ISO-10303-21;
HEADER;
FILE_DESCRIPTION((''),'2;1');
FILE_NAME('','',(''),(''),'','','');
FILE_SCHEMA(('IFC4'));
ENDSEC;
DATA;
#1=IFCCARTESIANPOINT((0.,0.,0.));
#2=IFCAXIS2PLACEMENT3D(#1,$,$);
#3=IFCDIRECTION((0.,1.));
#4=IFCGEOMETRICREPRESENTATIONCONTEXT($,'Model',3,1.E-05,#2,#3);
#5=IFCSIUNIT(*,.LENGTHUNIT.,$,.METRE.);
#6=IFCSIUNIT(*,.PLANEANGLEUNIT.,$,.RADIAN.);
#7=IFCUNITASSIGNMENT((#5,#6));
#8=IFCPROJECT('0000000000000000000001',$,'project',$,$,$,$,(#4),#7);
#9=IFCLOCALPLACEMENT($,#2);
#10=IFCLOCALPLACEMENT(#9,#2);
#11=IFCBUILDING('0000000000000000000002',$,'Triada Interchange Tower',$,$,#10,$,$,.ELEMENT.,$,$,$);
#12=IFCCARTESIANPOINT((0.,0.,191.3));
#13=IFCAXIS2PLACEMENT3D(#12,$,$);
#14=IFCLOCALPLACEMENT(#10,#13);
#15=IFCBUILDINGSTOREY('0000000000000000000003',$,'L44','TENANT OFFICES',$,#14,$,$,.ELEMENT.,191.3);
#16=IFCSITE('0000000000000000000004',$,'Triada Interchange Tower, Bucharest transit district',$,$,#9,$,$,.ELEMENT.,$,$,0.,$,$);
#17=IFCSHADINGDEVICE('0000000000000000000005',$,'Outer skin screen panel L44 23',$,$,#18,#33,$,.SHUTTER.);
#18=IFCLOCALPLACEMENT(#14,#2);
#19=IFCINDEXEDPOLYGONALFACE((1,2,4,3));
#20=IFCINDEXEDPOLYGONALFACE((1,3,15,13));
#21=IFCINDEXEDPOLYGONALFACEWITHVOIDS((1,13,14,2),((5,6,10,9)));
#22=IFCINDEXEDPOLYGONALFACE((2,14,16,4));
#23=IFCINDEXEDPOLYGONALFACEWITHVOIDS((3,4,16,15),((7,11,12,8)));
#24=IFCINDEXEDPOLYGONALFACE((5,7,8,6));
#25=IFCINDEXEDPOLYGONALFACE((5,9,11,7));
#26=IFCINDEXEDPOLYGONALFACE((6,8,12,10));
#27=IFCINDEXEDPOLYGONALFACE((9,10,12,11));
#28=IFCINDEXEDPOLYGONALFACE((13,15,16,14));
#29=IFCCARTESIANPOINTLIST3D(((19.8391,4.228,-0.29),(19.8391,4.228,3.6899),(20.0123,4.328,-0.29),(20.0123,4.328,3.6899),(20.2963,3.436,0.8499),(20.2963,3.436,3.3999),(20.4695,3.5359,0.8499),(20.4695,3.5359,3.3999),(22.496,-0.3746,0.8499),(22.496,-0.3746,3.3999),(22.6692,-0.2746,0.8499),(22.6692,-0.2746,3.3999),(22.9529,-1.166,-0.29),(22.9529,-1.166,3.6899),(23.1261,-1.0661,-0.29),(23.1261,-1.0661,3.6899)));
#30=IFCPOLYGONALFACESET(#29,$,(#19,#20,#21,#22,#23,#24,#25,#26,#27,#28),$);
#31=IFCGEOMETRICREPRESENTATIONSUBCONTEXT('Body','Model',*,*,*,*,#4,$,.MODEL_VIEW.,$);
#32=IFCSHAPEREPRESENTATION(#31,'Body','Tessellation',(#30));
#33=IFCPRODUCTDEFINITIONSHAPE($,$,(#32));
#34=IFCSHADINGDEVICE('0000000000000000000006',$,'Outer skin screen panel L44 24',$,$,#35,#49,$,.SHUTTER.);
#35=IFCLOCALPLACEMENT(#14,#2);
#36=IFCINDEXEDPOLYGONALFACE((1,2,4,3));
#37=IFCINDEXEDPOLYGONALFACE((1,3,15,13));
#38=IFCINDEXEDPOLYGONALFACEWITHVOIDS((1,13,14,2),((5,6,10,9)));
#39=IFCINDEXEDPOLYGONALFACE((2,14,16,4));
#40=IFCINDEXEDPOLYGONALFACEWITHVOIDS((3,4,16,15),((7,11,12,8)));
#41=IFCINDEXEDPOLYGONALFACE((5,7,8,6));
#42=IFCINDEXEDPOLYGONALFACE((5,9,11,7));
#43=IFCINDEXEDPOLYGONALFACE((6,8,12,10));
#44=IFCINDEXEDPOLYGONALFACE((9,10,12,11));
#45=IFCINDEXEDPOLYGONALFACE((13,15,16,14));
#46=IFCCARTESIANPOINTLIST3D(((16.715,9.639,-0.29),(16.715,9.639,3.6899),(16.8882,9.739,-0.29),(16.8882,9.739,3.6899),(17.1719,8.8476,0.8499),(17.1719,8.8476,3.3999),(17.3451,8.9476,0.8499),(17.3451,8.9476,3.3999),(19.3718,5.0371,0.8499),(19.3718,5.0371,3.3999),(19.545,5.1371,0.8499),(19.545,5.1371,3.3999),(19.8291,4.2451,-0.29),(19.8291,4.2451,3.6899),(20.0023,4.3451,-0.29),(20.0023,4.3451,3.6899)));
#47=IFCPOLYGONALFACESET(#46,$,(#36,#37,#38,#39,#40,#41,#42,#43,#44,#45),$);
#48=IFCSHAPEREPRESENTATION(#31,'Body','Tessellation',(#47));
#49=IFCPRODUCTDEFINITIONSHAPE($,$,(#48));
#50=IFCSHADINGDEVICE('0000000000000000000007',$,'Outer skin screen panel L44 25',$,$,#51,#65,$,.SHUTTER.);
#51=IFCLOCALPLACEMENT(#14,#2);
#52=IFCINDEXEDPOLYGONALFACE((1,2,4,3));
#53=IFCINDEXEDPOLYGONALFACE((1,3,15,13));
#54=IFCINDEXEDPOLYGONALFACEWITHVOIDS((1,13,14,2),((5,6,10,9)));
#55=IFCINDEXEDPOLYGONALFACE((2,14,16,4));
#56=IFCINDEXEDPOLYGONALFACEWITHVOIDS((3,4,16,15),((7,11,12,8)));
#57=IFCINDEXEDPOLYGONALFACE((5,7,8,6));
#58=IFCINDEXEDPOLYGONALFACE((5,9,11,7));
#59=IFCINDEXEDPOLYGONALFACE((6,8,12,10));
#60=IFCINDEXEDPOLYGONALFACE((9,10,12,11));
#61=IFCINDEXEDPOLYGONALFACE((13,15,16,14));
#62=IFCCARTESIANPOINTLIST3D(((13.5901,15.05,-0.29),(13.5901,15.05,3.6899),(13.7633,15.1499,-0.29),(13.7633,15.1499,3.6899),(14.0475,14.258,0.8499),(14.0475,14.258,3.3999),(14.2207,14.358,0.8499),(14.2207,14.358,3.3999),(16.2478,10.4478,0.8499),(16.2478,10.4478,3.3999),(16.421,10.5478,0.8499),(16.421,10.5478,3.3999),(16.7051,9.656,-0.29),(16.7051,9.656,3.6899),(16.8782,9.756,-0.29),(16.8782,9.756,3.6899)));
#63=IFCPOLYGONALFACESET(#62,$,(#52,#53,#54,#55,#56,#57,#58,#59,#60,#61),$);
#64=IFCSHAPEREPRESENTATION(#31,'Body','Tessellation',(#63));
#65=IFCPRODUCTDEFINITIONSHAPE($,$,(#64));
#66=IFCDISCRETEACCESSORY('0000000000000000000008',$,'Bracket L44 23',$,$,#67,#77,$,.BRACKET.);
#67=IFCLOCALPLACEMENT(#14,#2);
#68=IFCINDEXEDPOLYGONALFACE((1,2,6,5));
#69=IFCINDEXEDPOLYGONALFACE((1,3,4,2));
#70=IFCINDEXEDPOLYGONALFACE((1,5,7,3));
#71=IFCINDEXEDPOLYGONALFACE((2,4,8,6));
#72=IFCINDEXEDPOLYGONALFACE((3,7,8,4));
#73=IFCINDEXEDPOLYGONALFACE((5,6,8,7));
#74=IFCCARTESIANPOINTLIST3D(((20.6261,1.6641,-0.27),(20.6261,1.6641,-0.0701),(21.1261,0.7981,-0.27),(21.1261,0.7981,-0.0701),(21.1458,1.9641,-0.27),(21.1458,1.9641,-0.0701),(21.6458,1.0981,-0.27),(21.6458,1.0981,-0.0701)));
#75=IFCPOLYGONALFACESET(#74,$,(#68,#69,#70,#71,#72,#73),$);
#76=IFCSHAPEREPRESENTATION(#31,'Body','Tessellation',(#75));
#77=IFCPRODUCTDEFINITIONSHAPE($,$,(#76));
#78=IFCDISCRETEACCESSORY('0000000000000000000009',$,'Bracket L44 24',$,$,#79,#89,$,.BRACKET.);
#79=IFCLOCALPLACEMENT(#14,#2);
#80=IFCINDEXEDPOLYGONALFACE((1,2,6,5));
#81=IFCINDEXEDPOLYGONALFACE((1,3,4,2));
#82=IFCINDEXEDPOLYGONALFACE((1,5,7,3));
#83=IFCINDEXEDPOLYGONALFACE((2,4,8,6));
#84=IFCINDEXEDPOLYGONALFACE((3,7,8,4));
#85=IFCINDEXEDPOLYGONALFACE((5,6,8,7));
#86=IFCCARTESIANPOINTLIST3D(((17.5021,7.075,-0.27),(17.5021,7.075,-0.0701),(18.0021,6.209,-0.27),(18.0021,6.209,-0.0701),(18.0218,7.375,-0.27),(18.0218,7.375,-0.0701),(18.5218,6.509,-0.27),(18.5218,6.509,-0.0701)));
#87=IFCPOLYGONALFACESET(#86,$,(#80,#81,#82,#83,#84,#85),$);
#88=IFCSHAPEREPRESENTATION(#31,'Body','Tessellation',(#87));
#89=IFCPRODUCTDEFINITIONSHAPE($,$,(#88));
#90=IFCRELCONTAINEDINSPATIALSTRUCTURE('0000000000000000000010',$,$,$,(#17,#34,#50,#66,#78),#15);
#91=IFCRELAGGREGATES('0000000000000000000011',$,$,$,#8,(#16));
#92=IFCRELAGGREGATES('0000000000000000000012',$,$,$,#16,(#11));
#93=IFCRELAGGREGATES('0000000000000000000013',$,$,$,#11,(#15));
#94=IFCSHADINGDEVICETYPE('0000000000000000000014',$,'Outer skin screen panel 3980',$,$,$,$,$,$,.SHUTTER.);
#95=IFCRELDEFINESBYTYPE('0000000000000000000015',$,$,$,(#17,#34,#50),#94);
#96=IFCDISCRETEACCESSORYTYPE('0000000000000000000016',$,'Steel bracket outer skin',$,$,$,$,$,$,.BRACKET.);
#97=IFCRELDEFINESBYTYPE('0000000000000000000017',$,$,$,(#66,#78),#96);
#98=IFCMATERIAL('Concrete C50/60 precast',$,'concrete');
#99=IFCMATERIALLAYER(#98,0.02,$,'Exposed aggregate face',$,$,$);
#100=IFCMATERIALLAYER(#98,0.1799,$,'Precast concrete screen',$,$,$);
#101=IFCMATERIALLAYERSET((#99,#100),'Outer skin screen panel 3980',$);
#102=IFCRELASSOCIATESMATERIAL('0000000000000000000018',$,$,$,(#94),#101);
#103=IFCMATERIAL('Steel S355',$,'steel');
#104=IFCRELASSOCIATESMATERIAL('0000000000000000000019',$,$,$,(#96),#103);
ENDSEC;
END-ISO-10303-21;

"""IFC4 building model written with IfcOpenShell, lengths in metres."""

from ifc_helpers import new_model, si_unit, direction, frame, origin, origin_2d, place, context, subcontext, project, spatial, polyline, rectangle, outline, extrude, material, layer, layer_set, type_object, element, save


model = new_model("IFC4")

# Units and contexts
model_context = context("Model", 3, precision=1e-05, world=origin(), true_north=direction((0.0, 1.0)))
body_context = subcontext(model_context, "Body", "Model", "MODEL_VIEW")
ifc_project = project(units=[si_unit("LENGTHUNIT", "METRE"), si_unit("PLANEANGLEUNIT", "RADIAN")], contexts=[model_context])

# Site, building, storey
site_placement = place(None, origin())
site = spatial("IfcSite", under=ifc_project, at=site_placement, Name="Triada Interchange Tower, Bucharest transit district", CompositionType="ELEMENT", RefElevation=0.0)
building_placement = place(site_placement, origin())
building = spatial("IfcBuilding", under=site, at=building_placement, Name="Triada Interchange Tower", CompositionType="ELEMENT")
storey_placement = place(building_placement, frame((0.0, 0.0, 191.3)))
storey = spatial("IfcBuildingStorey", under=building, at=storey_placement, Name="L44", Description="TENANT OFFICES", CompositionType="ELEMENT", Elevation=191.3)

# Shading devices
ifc_material_1 = material(Name="Concrete C50/60 precast", Category="concrete")
ifc_layer_1 = layer(ifc_material_1, 0.02, Name="Exposed aggregate face")
ifc_layer_2 = layer(ifc_material_1, 0.1799, Name="Precast concrete screen")
ifc_layer_set_1 = layer_set([ifc_layer_1, ifc_layer_2], Name="Outer skin screen panel 3980")
shading_device_type = type_object("IfcShadingDeviceType", Name="Outer skin screen panel 3980", PredefinedType="SHUTTER", material=ifc_layer_set_1)
shading_device_1_placement = place(storey_placement, frame((22.9529, -1.166, -0.29), z_axis=(0.0, 0.0, 1.0), x_axis=(-0.499942, 0.866059, 0.0)))
element("IfcShadingDevice", 1, at=shading_device_1_placement, inside=storey, type_object=shading_device_type, Name="Outer skin screen panel L44 23", PredefinedType="SHUTTER", context=body_context, shape_type="SweptSolid", body=[
    extrude(outline(polyline([(0.0, 0.0), (6.2283, 0.0), (6.2283, 3.98), (0.0, 3.98), (0.0, 0.0)]), holes=[polyline([(0.9138, 1.1399), (0.9138, 3.6899), (5.3137, 3.6899), (5.3137, 1.1399), (0.9138, 1.1399)])]), frame((0.0, 0.0, 0.0), z_axis=(0.0, -1.0, 0.0), x_axis=(1.0, 0.0, 0.0)), (0.0, 0.0, 1.0), 0.2),
])
shading_device_2_placement = place(storey_placement, frame((19.8291, 4.2451, -0.29), z_axis=(0.0, 0.0, 1.0), x_axis=(-0.499988, 0.866032, 0.0)))
element("IfcShadingDevice", 2, at=shading_device_2_placement, inside=storey, type_object=shading_device_type, Name="Outer skin screen panel L44 24", PredefinedType="SHUTTER", context=body_context, shape_type="SweptSolid", body=[
    extrude(outline(polyline([(0.0, 0.0), (6.2283, 0.0), (6.2283, 3.98), (0.0, 3.98), (0.0, 0.0)]), holes=[polyline([(0.9146, 1.1399), (0.9146, 3.6899), (5.3145, 3.6899), (5.3145, 1.1399), (0.9146, 1.1399)])]), frame((0.0, 0.0, 0.0), z_axis=(0.0, -1.0, 0.0), x_axis=(1.0, 0.0, 0.0)), (0.0, 0.0, 1.0), 0.2),
])
shading_device_3_placement = place(storey_placement, frame((16.7051, 9.656, -0.29), z_axis=(0.0, 0.0, 1.0), x_axis=(-0.500089, 0.865974, 0.0)))
element("IfcShadingDevice", 3, at=shading_device_3_placement, inside=storey, type_object=shading_device_type, Name="Outer skin screen panel L44 25", PredefinedType="SHUTTER", context=body_context, shape_type="SweptSolid", body=[
    extrude(outline(polyline([(0.0, 0.0), (6.2288, 0.0), (6.2288, 3.98), (0.0, 3.98), (0.0, 0.0)]), holes=[polyline([(0.9143, 1.1399), (0.9143, 3.6899), (5.3142, 3.6899), (5.3142, 1.1399), (0.9143, 1.1399)])]), frame((0.0, 0.0, 0.0), z_axis=(0.0, -1.0, 0.0), x_axis=(1.0, 0.0, 0.0)), (0.0, 0.0, 1.0), 0.2),
])

# Discrete accessories
ifc_material_2 = material(Name="Steel S355", Category="steel")
discrete_accessory_type = type_object("IfcDiscreteAccessoryType", Name="Steel bracket outer skin", PredefinedType="BRACKET", material=ifc_material_2)
for number, where, z_axis, x_axis, name in (
    (4, (21.136, 1.3811, -0.27), (0.0, 0.0, 1.0), (0.866023, 0.500003, 0.0), "Bracket L44 23"),
    (5, (18.012, 6.792, -0.27), (0.0, 0.0, 1.0), (0.866023, 0.500003, 0.0), "Bracket L44 24"),
):
    element("IfcDiscreteAccessory", number, at=place(storey_placement, frame(where, z_axis=z_axis, x_axis=x_axis)), inside=storey, type_object=discrete_accessory_type, Name=name, PredefinedType="BRACKET", context=body_context, shape_type="SweptSolid", body=[
        extrude(rectangle(XDim=0.6001, YDim=1.0, at=origin_2d()), origin(), (0.0, 0.0, 1.0), 0.2),
    ])

save(model, "model.ifc")
